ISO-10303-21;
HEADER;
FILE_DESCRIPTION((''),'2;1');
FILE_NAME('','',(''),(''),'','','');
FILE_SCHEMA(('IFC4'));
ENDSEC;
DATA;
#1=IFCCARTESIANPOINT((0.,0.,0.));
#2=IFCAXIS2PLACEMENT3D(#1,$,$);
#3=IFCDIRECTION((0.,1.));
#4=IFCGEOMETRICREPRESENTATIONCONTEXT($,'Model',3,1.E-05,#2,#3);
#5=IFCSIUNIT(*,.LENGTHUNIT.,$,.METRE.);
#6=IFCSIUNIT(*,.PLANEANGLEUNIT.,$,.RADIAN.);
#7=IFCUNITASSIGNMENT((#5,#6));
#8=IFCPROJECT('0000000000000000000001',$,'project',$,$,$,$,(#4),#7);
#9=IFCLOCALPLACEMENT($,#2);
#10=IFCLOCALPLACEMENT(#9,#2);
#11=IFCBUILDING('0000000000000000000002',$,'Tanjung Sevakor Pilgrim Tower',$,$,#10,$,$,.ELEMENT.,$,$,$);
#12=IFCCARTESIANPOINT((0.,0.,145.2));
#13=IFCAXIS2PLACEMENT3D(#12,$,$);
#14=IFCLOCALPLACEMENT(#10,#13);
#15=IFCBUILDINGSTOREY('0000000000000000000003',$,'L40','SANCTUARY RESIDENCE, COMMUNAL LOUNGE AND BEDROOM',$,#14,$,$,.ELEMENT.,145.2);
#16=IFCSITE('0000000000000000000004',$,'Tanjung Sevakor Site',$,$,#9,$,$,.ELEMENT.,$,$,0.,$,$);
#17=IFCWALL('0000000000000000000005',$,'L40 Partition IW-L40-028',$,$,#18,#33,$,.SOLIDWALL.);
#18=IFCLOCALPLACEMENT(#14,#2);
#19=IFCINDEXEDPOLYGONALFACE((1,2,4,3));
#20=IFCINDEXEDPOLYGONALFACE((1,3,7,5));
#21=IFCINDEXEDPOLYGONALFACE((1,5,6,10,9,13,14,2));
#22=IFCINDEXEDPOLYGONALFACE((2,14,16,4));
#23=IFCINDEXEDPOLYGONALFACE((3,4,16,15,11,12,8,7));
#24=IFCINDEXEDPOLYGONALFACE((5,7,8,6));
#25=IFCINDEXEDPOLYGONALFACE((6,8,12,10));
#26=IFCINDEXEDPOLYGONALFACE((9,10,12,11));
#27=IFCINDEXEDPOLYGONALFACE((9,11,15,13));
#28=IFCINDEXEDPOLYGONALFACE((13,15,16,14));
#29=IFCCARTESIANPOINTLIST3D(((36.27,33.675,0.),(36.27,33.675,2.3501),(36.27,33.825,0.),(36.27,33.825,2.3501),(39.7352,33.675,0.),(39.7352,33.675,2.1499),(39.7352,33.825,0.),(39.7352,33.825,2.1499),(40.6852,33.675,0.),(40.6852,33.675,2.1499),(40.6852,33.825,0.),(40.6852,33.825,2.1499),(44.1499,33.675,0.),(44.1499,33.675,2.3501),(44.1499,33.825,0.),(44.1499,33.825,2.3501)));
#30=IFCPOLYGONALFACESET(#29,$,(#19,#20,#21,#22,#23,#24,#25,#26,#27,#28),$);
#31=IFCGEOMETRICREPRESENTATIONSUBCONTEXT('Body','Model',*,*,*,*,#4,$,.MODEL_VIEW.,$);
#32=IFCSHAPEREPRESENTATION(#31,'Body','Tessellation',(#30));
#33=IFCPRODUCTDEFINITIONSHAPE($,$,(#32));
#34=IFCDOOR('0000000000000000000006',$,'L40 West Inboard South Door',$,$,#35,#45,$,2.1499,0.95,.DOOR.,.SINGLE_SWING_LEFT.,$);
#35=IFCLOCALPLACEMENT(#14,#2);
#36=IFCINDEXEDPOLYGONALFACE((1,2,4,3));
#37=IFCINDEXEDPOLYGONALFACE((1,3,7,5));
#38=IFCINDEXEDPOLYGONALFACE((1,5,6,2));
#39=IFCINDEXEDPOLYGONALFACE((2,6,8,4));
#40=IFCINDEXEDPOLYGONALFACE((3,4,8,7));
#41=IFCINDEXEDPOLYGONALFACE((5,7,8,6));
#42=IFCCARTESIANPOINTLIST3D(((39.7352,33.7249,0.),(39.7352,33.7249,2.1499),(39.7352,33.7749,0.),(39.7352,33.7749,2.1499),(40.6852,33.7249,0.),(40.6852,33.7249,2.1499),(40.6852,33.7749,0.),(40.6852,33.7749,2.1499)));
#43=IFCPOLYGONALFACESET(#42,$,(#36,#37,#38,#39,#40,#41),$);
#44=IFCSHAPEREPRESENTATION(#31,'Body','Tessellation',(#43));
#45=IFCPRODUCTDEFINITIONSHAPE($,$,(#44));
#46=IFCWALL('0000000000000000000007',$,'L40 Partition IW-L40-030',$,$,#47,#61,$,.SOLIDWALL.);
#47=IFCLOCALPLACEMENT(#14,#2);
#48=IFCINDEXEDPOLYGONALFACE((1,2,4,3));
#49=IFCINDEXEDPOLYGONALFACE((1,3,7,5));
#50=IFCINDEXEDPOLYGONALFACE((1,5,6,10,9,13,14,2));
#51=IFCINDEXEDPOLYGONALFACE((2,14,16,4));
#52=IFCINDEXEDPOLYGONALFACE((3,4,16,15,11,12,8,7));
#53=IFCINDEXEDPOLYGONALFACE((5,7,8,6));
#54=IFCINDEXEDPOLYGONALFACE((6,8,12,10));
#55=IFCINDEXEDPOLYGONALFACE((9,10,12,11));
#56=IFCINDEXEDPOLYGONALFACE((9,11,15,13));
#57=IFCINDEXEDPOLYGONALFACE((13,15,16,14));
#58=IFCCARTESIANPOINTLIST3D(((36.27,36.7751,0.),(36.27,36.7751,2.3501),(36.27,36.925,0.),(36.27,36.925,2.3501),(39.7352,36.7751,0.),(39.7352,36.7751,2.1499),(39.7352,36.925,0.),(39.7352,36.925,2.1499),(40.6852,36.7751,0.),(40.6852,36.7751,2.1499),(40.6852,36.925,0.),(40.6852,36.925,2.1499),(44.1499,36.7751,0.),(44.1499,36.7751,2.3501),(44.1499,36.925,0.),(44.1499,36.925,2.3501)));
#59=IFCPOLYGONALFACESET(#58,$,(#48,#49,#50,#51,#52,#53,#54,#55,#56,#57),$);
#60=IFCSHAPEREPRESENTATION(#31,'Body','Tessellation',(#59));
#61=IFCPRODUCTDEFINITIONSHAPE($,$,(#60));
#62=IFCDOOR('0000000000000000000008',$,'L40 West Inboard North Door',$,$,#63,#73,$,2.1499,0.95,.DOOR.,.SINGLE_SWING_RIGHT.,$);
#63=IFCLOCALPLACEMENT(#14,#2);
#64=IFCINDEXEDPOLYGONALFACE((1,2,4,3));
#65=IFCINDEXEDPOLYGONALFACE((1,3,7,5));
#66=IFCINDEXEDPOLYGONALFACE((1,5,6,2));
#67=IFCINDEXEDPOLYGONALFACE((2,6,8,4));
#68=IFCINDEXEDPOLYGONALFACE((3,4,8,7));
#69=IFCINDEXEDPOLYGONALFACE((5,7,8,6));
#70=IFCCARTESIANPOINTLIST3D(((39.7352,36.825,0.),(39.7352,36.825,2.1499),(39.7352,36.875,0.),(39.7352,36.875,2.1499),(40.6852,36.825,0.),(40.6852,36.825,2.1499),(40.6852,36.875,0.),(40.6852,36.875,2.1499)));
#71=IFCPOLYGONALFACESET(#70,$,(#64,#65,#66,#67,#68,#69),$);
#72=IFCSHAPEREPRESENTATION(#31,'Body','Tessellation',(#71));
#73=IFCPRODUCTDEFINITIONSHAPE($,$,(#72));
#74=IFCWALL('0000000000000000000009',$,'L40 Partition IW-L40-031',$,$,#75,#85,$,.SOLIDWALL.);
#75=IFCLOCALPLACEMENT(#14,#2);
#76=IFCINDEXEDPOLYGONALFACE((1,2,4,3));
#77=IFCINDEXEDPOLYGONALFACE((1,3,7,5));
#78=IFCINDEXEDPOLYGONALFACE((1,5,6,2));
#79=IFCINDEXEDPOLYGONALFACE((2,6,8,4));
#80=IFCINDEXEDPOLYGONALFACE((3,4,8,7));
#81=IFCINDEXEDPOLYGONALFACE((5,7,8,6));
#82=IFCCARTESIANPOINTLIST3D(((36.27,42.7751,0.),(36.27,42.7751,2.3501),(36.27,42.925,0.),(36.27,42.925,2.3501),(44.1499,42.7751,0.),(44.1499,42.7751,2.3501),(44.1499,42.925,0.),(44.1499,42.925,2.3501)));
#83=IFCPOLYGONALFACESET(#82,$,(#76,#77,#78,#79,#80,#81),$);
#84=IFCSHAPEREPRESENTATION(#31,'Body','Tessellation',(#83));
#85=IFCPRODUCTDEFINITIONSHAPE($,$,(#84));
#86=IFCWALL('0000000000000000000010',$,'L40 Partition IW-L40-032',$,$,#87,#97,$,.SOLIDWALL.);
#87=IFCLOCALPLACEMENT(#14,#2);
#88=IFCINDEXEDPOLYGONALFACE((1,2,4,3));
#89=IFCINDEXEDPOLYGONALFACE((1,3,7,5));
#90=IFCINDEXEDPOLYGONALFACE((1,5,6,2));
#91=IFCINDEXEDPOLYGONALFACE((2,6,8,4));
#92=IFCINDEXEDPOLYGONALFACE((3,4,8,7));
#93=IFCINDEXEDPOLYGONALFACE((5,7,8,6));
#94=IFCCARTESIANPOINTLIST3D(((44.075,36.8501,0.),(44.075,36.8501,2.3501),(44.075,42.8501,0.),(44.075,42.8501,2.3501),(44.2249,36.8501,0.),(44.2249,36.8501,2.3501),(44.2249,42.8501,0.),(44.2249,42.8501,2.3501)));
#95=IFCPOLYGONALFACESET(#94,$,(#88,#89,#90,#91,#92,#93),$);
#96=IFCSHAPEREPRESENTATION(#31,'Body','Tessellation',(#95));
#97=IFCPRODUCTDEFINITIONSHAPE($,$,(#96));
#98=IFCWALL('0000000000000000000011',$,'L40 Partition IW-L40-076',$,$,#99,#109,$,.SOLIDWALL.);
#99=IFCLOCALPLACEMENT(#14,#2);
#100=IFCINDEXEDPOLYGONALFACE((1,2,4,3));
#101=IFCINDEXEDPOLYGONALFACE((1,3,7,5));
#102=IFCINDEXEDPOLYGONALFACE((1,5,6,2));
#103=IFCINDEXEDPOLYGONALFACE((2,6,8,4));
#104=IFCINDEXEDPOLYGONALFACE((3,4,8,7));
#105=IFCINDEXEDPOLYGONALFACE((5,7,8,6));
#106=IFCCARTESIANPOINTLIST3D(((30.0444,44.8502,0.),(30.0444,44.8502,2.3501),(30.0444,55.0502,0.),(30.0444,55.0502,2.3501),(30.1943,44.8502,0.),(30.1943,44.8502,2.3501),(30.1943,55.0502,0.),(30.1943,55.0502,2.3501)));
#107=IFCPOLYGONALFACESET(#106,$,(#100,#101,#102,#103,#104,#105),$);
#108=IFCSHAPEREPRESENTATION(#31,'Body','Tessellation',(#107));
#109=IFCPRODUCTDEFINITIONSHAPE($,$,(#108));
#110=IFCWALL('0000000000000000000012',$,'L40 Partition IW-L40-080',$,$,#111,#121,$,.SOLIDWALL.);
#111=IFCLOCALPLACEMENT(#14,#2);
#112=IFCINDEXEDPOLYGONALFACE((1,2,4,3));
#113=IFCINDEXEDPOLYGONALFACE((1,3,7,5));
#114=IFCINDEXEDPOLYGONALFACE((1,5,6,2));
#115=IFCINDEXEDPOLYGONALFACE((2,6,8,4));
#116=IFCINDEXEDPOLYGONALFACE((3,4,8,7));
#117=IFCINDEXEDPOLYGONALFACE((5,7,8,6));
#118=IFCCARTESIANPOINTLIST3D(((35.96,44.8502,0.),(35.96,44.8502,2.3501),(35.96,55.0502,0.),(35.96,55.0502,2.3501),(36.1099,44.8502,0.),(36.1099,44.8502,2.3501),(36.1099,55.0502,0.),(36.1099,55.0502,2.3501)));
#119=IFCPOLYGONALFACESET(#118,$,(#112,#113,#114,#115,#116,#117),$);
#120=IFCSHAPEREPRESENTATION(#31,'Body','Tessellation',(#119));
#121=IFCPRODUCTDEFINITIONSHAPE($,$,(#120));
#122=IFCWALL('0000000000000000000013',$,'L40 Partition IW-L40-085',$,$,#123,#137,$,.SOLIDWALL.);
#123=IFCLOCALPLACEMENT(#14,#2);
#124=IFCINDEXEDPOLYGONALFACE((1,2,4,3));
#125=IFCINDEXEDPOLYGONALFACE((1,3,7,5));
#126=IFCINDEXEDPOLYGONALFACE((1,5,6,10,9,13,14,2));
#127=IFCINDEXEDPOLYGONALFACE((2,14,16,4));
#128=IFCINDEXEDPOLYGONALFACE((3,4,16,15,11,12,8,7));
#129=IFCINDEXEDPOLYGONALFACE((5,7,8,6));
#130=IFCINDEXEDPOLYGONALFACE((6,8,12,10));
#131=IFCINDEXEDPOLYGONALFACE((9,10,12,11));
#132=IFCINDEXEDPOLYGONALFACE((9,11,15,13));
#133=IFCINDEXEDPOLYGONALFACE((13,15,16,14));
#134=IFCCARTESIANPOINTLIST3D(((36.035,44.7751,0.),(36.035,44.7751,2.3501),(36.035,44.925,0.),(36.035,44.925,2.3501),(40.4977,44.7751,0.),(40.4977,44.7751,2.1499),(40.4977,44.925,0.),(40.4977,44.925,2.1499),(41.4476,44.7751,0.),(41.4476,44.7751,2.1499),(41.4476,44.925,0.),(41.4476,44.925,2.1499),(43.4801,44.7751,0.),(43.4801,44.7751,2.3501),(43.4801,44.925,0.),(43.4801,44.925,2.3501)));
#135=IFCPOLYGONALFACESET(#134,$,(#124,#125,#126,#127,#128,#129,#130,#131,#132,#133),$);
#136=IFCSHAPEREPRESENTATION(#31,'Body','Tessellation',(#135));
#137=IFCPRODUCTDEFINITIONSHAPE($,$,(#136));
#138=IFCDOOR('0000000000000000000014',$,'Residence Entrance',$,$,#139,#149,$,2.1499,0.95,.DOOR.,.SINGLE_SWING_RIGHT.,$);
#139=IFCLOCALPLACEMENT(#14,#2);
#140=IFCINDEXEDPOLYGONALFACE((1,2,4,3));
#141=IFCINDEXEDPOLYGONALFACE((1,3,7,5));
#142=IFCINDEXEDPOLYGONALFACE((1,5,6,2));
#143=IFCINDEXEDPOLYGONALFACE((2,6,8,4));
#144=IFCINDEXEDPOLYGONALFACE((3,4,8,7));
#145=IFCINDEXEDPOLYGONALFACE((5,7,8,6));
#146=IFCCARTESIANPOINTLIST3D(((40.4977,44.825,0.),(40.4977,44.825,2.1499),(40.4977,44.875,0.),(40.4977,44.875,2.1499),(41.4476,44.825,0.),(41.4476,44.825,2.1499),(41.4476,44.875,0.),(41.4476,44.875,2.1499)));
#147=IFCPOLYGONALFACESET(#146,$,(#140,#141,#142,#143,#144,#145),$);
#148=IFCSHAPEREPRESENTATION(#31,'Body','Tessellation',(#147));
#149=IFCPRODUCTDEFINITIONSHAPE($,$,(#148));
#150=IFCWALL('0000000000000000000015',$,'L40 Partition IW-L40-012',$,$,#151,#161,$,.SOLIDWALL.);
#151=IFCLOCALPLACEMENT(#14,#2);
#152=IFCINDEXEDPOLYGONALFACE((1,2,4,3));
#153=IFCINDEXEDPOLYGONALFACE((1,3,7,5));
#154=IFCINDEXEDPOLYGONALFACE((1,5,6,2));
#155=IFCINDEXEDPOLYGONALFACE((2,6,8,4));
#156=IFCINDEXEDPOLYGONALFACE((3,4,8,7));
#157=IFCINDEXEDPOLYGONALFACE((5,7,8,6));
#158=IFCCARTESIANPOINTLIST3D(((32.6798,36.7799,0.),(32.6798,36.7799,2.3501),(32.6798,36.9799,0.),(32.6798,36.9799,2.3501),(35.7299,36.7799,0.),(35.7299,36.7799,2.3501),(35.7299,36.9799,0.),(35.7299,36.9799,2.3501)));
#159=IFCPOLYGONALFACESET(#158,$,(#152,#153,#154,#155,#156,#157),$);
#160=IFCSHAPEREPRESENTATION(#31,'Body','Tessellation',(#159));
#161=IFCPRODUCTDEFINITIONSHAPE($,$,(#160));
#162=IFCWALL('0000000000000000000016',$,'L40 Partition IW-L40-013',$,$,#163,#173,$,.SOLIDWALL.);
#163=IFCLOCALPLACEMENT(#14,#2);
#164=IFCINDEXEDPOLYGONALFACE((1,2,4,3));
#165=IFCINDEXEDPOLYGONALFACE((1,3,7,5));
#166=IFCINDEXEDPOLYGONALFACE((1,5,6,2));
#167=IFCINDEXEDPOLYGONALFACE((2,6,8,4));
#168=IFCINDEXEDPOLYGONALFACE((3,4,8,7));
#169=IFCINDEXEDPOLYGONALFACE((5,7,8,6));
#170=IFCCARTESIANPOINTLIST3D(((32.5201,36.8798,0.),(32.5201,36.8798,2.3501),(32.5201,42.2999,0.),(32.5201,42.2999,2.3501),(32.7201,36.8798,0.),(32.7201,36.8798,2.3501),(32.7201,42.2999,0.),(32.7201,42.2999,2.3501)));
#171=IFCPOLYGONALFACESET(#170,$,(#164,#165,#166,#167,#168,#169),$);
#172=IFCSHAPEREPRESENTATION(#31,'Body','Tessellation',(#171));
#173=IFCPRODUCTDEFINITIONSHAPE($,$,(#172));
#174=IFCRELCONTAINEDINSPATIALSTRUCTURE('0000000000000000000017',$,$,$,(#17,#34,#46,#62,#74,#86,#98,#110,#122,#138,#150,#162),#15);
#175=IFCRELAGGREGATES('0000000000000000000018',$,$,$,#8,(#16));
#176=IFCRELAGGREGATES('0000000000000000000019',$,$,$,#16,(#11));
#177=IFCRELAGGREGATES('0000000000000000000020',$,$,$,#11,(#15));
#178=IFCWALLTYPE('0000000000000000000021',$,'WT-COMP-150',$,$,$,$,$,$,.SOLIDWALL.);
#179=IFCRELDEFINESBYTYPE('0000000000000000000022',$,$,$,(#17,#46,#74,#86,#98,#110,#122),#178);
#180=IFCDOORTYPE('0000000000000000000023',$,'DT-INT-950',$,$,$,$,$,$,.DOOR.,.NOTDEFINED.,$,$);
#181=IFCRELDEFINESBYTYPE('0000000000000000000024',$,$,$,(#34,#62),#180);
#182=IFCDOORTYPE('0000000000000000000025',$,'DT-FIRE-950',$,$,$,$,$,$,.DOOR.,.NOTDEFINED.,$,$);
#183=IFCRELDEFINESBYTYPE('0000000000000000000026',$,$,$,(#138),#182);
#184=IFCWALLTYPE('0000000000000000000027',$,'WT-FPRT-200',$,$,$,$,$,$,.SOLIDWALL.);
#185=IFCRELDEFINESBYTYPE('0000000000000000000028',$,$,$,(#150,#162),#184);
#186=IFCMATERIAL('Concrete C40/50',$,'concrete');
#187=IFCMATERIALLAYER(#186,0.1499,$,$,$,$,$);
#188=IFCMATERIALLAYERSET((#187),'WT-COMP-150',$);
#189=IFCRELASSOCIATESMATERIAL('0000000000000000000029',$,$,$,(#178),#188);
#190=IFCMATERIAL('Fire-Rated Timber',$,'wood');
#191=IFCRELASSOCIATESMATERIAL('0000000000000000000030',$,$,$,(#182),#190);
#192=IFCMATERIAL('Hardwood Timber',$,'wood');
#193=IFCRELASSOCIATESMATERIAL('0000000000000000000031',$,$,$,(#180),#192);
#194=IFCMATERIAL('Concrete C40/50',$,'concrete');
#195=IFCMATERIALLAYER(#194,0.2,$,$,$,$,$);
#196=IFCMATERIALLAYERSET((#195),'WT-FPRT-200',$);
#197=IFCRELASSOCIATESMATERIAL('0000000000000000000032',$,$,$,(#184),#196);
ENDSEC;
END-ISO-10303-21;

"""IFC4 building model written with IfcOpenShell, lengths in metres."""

from ifc_helpers import new_model, si_unit, direction, frame, frame_2d, origin, place, context, subcontext, project, spatial, rectangle, extrude, material, layer, layer_set, type_object, element, fill, save


model = new_model("IFC4")

# Units and contexts
model_context = context("Model", 3, precision=1e-05, world=origin(), true_north=direction((0.0, 1.0)))
body_context = subcontext(model_context, "Body", "Model", "MODEL_VIEW")
ifc_project = project(units=[si_unit("LENGTHUNIT", "METRE"), si_unit("PLANEANGLEUNIT", "RADIAN")], contexts=[model_context])

# Site, building, storey
site_placement = place(None, origin())
site = spatial("IfcSite", under=ifc_project, at=site_placement, Name="Tanjung Sevakor Site", CompositionType="ELEMENT", RefElevation=0.0)
building_placement = place(site_placement, origin())
building = spatial("IfcBuilding", under=site, at=building_placement, Name="Tanjung Sevakor Pilgrim Tower", CompositionType="ELEMENT")
storey_placement = place(building_placement, frame((0.0, 0.0, 145.2)))
storey = spatial("IfcBuildingStorey", under=building, at=storey_placement, Name="L40", Description="SANCTUARY RESIDENCE, COMMUNAL LOUNGE AND BEDROOM", CompositionType="ELEMENT", Elevation=145.2)

# Shared definitions
ifc_material_1 = material(Name="Concrete C40/50", Category="concrete")
ifc_layer_1 = layer(ifc_material_1, 0.1499)
ifc_layer_set_1 = layer_set([ifc_layer_1], Name="WT-COMP-150")
wall_type_1 = type_object("IfcWallType", Name="WT-COMP-150", PredefinedType="SOLIDWALL", material=ifc_layer_set_1)

# Shared definitions
ifc_material_2 = material(Name="Fire-Rated Timber", Category="wood")
door_type_1 = type_object("IfcDoorType", Name="DT-FIRE-950", OperationType="NOTDEFINED", PredefinedType="DOOR", material=ifc_material_2)

# Walls, openings, doors
wall_1_placement = place(storey_placement, frame((36.27, 33.75, 0.0), z_axis=(0.0, 0.0, 1.0), x_axis=(1.0, 0.0, 0.0)))
wall_1 = element("IfcWall", 1, at=wall_1_placement, inside=storey, type_object=wall_type_1, Name="L40 Partition IW-L40-028", PredefinedType="SOLIDWALL", context=body_context, shape_type="SweptSolid", body=[
    extrude(rectangle(XDim=7.8799, YDim=0.1499, at=frame_2d((3.9399, 0.0))), origin(), (0.0, 0.0, 1.0), 2.3501),
])
opening_1_placement = place(wall_1_placement, frame((3.4651, 0.0, 0.0)))
opening_1 = element("IfcOpeningElement", 2, at=opening_1_placement, cuts=wall_1, PredefinedType="OPENING", context=body_context, shape_type="SweptSolid", body=[
    extrude(rectangle(XDim=0.95, YDim=2.1499, at=frame_2d((0.4751, 1.075))), frame((0.0, 0.085, 0.0), z_axis=(0.0, -1.0, 0.0), x_axis=(1.0, 0.0, 0.0)), (0.0, 0.0, 1.0), 0.1699),
])
ifc_material_3 = material(Name="Hardwood Timber", Category="wood")
door_type_2 = type_object("IfcDoorType", Name="DT-INT-950", OperationType="NOTDEFINED", PredefinedType="DOOR", material=ifc_material_3)
door_1_placement = place(opening_1_placement, origin())
door_1 = element("IfcDoor", 3, at=door_1_placement, inside=storey, type_object=door_type_2, Name="L40 West Inboard South Door", OperationType="SINGLE_SWING_LEFT", OverallHeight=2.1499, OverallWidth=0.95, PredefinedType="DOOR", context=body_context, shape_type="SweptSolid", body=[
    extrude(rectangle(XDim=0.95, YDim=2.1499, at=frame_2d((0.4751, 1.075))), frame((0.0, 0.0249, 0.0), z_axis=(0.0, -1.0, 0.0), x_axis=(1.0, 0.0, 0.0)), (0.0, 0.0, 1.0), 0.05),
])
fill(opening_1, door_1)
wall_2_placement = place(storey_placement, frame((36.27, 36.8501, 0.0), z_axis=(0.0, 0.0, 1.0), x_axis=(1.0, 0.0, 0.0)))
wall_2 = element("IfcWall", 4, at=wall_2_placement, inside=storey, type_object=wall_type_1, Name="L40 Partition IW-L40-030", PredefinedType="SOLIDWALL", context=body_context, shape_type="SweptSolid", body=[
    extrude(rectangle(XDim=7.8799, YDim=0.1499, at=frame_2d((3.9399, 0.0))), origin(), (0.0, 0.0, 1.0), 2.3501),
])
opening_2_placement = place(wall_2_placement, frame((3.4651, 0.0, 0.0)))
opening_2 = element("IfcOpeningElement", 5, at=opening_2_placement, cuts=wall_2, PredefinedType="OPENING", context=body_context, shape_type="SweptSolid", body=[
    extrude(rectangle(XDim=0.95, YDim=2.1499, at=frame_2d((0.4751, 1.075))), frame((0.0, 0.085, 0.0), z_axis=(0.0, -1.0, 0.0), x_axis=(1.0, 0.0, 0.0)), (0.0, 0.0, 1.0), 0.1699),
])
door_2_placement = place(opening_2_placement, origin())
door_2 = element("IfcDoor", 6, at=door_2_placement, inside=storey, type_object=door_type_2, Name="L40 West Inboard North Door", OperationType="SINGLE_SWING_RIGHT", OverallHeight=2.1499, OverallWidth=0.95, PredefinedType="DOOR", context=body_context, shape_type="SweptSolid", body=[
    extrude(rectangle(XDim=0.95, YDim=2.1499, at=frame_2d((0.4751, 1.075))), frame((0.0, 0.0249, 0.0), z_axis=(0.0, -1.0, 0.0), x_axis=(1.0, 0.0, 0.0)), (0.0, 0.0, 1.0), 0.05),
])
fill(opening_2, door_2)

# Walls
wall_3_placement = place(storey_placement, frame((36.27, 42.8501, 0.0), z_axis=(0.0, 0.0, 1.0), x_axis=(1.0, 0.0, 0.0)))
element("IfcWall", 7, at=wall_3_placement, inside=storey, type_object=wall_type_1, Name="L40 Partition IW-L40-031", PredefinedType="SOLIDWALL", context=body_context, shape_type="SweptSolid", body=[
    extrude(rectangle(XDim=7.8799, YDim=0.1499, at=frame_2d((3.9399, 0.0))), origin(), (0.0, 0.0, 1.0), 2.3501),
])
wall_4_placement = place(storey_placement, frame((44.1499, 36.8501, 0.0), z_axis=(0.0, 0.0, 1.0), x_axis=(0.0, 1.0, 0.0)))
element("IfcWall", 8, at=wall_4_placement, inside=storey, type_object=wall_type_1, Name="L40 Partition IW-L40-032", PredefinedType="SOLIDWALL", context=body_context, shape_type="SweptSolid", body=[
    extrude(rectangle(XDim=6.0, YDim=0.1499, at=frame_2d((3.0, 0.0))), origin(), (0.0, 0.0, 1.0), 2.3501),
])
for number, where, z_axis, x_axis, name in (
    (9, (30.1194, 44.8501, 0.0), (0.0, 0.0, 1.0), (0.0, 1.0, 0.0), "L40 Partition IW-L40-076"),
    (10, (36.0349, 44.8501, 0.0), (0.0, 0.0, 1.0), (0.0, 1.0, 0.0), "L40 Partition IW-L40-080"),
):
    element("IfcWall", number, at=place(storey_placement, frame(where, z_axis=z_axis, x_axis=x_axis)), inside=storey, type_object=wall_type_1, Name=name, PredefinedType="SOLIDWALL", context=body_context, shape_type="SweptSolid", body=[
        extrude(rectangle(XDim=10.2, YDim=0.1499, at=frame_2d((5.1001, 0.0))), origin(), (0.0, 0.0, 1.0), 2.3501),
    ])

# Wall, opening, door
wall_5_placement = place(storey_placement, frame((36.0349, 44.8501, 0.0), z_axis=(0.0, 0.0, 1.0), x_axis=(1.0, 0.0, 0.0)))
wall_5 = element("IfcWall", 11, at=wall_5_placement, inside=storey, type_object=wall_type_1, Name="L40 Partition IW-L40-085", PredefinedType="SOLIDWALL", context=body_context, shape_type="SweptSolid", body=[
    extrude(rectangle(XDim=7.4451, YDim=0.1499, at=frame_2d((3.7227, 0.0))), origin(), (0.0, 0.0, 1.0), 2.3501),
])
opening_3_placement = place(wall_5_placement, frame((4.4626, 0.0, 0.0)))
opening_3 = element("IfcOpeningElement", 12, at=opening_3_placement, cuts=wall_5, PredefinedType="OPENING", context=body_context, shape_type="SweptSolid", body=[
    extrude(rectangle(XDim=0.95, YDim=2.1499, at=frame_2d((0.4751, 1.075))), frame((0.0, 0.085, 0.0), z_axis=(0.0, -1.0, 0.0), x_axis=(1.0, 0.0, 0.0)), (0.0, 0.0, 1.0), 0.1699),
])
door_3_placement = place(opening_3_placement, origin())
door_3 = element("IfcDoor", 13, at=door_3_placement, inside=storey, type_object=door_type_1, Name="Residence Entrance", OperationType="SINGLE_SWING_RIGHT", OverallHeight=2.1499, OverallWidth=0.95, PredefinedType="DOOR", context=body_context, shape_type="SweptSolid", body=[
    extrude(rectangle(XDim=0.95, YDim=2.1499, at=frame_2d((0.4751, 1.075))), frame((0.0, 0.0249, 0.0), z_axis=(0.0, -1.0, 0.0), x_axis=(1.0, 0.0, 0.0)), (0.0, 0.0, 1.0), 0.05),
])
fill(opening_3, door_3)

# Walls
ifc_material_4 = material(Name="Concrete C40/50", Category="concrete")
ifc_layer_2 = layer(ifc_material_4, 0.2)
ifc_layer_set_2 = layer_set([ifc_layer_2], Name="WT-FPRT-200")
wall_type_2 = type_object("IfcWallType", Name="WT-FPRT-200", PredefinedType="SOLIDWALL", material=ifc_layer_set_2)
wall_6_placement = place(storey_placement, frame((32.6799, 36.8799, 0.0), z_axis=(0.0, 0.0, 1.0), x_axis=(1.0, 0.0, 0.0)))
element("IfcWall", 14, at=wall_6_placement, inside=storey, type_object=wall_type_2, Name="L40 Partition IW-L40-012", PredefinedType="SOLIDWALL", context=body_context, shape_type="SweptSolid", body=[
    extrude(rectangle(XDim=3.05, YDim=0.2, at=frame_2d((1.5249, 0.0))), origin(), (0.0, 0.0, 1.0), 2.3501),
])
wall_7_placement = place(storey_placement, frame((32.6201, 36.8799, 0.0), z_axis=(0.0, 0.0, 1.0), x_axis=(0.0, 1.0, 0.0)))
element("IfcWall", 15, at=wall_7_placement, inside=storey, type_object=wall_type_2, Name="L40 Partition IW-L40-013", PredefinedType="SOLIDWALL", context=body_context, shape_type="SweptSolid", body=[
    extrude(rectangle(XDim=5.4202, YDim=0.2, at=frame_2d((2.71, 0.0))), origin(), (0.0, 0.0, 1.0), 2.3501),
])

save(model, "model.ifc")
